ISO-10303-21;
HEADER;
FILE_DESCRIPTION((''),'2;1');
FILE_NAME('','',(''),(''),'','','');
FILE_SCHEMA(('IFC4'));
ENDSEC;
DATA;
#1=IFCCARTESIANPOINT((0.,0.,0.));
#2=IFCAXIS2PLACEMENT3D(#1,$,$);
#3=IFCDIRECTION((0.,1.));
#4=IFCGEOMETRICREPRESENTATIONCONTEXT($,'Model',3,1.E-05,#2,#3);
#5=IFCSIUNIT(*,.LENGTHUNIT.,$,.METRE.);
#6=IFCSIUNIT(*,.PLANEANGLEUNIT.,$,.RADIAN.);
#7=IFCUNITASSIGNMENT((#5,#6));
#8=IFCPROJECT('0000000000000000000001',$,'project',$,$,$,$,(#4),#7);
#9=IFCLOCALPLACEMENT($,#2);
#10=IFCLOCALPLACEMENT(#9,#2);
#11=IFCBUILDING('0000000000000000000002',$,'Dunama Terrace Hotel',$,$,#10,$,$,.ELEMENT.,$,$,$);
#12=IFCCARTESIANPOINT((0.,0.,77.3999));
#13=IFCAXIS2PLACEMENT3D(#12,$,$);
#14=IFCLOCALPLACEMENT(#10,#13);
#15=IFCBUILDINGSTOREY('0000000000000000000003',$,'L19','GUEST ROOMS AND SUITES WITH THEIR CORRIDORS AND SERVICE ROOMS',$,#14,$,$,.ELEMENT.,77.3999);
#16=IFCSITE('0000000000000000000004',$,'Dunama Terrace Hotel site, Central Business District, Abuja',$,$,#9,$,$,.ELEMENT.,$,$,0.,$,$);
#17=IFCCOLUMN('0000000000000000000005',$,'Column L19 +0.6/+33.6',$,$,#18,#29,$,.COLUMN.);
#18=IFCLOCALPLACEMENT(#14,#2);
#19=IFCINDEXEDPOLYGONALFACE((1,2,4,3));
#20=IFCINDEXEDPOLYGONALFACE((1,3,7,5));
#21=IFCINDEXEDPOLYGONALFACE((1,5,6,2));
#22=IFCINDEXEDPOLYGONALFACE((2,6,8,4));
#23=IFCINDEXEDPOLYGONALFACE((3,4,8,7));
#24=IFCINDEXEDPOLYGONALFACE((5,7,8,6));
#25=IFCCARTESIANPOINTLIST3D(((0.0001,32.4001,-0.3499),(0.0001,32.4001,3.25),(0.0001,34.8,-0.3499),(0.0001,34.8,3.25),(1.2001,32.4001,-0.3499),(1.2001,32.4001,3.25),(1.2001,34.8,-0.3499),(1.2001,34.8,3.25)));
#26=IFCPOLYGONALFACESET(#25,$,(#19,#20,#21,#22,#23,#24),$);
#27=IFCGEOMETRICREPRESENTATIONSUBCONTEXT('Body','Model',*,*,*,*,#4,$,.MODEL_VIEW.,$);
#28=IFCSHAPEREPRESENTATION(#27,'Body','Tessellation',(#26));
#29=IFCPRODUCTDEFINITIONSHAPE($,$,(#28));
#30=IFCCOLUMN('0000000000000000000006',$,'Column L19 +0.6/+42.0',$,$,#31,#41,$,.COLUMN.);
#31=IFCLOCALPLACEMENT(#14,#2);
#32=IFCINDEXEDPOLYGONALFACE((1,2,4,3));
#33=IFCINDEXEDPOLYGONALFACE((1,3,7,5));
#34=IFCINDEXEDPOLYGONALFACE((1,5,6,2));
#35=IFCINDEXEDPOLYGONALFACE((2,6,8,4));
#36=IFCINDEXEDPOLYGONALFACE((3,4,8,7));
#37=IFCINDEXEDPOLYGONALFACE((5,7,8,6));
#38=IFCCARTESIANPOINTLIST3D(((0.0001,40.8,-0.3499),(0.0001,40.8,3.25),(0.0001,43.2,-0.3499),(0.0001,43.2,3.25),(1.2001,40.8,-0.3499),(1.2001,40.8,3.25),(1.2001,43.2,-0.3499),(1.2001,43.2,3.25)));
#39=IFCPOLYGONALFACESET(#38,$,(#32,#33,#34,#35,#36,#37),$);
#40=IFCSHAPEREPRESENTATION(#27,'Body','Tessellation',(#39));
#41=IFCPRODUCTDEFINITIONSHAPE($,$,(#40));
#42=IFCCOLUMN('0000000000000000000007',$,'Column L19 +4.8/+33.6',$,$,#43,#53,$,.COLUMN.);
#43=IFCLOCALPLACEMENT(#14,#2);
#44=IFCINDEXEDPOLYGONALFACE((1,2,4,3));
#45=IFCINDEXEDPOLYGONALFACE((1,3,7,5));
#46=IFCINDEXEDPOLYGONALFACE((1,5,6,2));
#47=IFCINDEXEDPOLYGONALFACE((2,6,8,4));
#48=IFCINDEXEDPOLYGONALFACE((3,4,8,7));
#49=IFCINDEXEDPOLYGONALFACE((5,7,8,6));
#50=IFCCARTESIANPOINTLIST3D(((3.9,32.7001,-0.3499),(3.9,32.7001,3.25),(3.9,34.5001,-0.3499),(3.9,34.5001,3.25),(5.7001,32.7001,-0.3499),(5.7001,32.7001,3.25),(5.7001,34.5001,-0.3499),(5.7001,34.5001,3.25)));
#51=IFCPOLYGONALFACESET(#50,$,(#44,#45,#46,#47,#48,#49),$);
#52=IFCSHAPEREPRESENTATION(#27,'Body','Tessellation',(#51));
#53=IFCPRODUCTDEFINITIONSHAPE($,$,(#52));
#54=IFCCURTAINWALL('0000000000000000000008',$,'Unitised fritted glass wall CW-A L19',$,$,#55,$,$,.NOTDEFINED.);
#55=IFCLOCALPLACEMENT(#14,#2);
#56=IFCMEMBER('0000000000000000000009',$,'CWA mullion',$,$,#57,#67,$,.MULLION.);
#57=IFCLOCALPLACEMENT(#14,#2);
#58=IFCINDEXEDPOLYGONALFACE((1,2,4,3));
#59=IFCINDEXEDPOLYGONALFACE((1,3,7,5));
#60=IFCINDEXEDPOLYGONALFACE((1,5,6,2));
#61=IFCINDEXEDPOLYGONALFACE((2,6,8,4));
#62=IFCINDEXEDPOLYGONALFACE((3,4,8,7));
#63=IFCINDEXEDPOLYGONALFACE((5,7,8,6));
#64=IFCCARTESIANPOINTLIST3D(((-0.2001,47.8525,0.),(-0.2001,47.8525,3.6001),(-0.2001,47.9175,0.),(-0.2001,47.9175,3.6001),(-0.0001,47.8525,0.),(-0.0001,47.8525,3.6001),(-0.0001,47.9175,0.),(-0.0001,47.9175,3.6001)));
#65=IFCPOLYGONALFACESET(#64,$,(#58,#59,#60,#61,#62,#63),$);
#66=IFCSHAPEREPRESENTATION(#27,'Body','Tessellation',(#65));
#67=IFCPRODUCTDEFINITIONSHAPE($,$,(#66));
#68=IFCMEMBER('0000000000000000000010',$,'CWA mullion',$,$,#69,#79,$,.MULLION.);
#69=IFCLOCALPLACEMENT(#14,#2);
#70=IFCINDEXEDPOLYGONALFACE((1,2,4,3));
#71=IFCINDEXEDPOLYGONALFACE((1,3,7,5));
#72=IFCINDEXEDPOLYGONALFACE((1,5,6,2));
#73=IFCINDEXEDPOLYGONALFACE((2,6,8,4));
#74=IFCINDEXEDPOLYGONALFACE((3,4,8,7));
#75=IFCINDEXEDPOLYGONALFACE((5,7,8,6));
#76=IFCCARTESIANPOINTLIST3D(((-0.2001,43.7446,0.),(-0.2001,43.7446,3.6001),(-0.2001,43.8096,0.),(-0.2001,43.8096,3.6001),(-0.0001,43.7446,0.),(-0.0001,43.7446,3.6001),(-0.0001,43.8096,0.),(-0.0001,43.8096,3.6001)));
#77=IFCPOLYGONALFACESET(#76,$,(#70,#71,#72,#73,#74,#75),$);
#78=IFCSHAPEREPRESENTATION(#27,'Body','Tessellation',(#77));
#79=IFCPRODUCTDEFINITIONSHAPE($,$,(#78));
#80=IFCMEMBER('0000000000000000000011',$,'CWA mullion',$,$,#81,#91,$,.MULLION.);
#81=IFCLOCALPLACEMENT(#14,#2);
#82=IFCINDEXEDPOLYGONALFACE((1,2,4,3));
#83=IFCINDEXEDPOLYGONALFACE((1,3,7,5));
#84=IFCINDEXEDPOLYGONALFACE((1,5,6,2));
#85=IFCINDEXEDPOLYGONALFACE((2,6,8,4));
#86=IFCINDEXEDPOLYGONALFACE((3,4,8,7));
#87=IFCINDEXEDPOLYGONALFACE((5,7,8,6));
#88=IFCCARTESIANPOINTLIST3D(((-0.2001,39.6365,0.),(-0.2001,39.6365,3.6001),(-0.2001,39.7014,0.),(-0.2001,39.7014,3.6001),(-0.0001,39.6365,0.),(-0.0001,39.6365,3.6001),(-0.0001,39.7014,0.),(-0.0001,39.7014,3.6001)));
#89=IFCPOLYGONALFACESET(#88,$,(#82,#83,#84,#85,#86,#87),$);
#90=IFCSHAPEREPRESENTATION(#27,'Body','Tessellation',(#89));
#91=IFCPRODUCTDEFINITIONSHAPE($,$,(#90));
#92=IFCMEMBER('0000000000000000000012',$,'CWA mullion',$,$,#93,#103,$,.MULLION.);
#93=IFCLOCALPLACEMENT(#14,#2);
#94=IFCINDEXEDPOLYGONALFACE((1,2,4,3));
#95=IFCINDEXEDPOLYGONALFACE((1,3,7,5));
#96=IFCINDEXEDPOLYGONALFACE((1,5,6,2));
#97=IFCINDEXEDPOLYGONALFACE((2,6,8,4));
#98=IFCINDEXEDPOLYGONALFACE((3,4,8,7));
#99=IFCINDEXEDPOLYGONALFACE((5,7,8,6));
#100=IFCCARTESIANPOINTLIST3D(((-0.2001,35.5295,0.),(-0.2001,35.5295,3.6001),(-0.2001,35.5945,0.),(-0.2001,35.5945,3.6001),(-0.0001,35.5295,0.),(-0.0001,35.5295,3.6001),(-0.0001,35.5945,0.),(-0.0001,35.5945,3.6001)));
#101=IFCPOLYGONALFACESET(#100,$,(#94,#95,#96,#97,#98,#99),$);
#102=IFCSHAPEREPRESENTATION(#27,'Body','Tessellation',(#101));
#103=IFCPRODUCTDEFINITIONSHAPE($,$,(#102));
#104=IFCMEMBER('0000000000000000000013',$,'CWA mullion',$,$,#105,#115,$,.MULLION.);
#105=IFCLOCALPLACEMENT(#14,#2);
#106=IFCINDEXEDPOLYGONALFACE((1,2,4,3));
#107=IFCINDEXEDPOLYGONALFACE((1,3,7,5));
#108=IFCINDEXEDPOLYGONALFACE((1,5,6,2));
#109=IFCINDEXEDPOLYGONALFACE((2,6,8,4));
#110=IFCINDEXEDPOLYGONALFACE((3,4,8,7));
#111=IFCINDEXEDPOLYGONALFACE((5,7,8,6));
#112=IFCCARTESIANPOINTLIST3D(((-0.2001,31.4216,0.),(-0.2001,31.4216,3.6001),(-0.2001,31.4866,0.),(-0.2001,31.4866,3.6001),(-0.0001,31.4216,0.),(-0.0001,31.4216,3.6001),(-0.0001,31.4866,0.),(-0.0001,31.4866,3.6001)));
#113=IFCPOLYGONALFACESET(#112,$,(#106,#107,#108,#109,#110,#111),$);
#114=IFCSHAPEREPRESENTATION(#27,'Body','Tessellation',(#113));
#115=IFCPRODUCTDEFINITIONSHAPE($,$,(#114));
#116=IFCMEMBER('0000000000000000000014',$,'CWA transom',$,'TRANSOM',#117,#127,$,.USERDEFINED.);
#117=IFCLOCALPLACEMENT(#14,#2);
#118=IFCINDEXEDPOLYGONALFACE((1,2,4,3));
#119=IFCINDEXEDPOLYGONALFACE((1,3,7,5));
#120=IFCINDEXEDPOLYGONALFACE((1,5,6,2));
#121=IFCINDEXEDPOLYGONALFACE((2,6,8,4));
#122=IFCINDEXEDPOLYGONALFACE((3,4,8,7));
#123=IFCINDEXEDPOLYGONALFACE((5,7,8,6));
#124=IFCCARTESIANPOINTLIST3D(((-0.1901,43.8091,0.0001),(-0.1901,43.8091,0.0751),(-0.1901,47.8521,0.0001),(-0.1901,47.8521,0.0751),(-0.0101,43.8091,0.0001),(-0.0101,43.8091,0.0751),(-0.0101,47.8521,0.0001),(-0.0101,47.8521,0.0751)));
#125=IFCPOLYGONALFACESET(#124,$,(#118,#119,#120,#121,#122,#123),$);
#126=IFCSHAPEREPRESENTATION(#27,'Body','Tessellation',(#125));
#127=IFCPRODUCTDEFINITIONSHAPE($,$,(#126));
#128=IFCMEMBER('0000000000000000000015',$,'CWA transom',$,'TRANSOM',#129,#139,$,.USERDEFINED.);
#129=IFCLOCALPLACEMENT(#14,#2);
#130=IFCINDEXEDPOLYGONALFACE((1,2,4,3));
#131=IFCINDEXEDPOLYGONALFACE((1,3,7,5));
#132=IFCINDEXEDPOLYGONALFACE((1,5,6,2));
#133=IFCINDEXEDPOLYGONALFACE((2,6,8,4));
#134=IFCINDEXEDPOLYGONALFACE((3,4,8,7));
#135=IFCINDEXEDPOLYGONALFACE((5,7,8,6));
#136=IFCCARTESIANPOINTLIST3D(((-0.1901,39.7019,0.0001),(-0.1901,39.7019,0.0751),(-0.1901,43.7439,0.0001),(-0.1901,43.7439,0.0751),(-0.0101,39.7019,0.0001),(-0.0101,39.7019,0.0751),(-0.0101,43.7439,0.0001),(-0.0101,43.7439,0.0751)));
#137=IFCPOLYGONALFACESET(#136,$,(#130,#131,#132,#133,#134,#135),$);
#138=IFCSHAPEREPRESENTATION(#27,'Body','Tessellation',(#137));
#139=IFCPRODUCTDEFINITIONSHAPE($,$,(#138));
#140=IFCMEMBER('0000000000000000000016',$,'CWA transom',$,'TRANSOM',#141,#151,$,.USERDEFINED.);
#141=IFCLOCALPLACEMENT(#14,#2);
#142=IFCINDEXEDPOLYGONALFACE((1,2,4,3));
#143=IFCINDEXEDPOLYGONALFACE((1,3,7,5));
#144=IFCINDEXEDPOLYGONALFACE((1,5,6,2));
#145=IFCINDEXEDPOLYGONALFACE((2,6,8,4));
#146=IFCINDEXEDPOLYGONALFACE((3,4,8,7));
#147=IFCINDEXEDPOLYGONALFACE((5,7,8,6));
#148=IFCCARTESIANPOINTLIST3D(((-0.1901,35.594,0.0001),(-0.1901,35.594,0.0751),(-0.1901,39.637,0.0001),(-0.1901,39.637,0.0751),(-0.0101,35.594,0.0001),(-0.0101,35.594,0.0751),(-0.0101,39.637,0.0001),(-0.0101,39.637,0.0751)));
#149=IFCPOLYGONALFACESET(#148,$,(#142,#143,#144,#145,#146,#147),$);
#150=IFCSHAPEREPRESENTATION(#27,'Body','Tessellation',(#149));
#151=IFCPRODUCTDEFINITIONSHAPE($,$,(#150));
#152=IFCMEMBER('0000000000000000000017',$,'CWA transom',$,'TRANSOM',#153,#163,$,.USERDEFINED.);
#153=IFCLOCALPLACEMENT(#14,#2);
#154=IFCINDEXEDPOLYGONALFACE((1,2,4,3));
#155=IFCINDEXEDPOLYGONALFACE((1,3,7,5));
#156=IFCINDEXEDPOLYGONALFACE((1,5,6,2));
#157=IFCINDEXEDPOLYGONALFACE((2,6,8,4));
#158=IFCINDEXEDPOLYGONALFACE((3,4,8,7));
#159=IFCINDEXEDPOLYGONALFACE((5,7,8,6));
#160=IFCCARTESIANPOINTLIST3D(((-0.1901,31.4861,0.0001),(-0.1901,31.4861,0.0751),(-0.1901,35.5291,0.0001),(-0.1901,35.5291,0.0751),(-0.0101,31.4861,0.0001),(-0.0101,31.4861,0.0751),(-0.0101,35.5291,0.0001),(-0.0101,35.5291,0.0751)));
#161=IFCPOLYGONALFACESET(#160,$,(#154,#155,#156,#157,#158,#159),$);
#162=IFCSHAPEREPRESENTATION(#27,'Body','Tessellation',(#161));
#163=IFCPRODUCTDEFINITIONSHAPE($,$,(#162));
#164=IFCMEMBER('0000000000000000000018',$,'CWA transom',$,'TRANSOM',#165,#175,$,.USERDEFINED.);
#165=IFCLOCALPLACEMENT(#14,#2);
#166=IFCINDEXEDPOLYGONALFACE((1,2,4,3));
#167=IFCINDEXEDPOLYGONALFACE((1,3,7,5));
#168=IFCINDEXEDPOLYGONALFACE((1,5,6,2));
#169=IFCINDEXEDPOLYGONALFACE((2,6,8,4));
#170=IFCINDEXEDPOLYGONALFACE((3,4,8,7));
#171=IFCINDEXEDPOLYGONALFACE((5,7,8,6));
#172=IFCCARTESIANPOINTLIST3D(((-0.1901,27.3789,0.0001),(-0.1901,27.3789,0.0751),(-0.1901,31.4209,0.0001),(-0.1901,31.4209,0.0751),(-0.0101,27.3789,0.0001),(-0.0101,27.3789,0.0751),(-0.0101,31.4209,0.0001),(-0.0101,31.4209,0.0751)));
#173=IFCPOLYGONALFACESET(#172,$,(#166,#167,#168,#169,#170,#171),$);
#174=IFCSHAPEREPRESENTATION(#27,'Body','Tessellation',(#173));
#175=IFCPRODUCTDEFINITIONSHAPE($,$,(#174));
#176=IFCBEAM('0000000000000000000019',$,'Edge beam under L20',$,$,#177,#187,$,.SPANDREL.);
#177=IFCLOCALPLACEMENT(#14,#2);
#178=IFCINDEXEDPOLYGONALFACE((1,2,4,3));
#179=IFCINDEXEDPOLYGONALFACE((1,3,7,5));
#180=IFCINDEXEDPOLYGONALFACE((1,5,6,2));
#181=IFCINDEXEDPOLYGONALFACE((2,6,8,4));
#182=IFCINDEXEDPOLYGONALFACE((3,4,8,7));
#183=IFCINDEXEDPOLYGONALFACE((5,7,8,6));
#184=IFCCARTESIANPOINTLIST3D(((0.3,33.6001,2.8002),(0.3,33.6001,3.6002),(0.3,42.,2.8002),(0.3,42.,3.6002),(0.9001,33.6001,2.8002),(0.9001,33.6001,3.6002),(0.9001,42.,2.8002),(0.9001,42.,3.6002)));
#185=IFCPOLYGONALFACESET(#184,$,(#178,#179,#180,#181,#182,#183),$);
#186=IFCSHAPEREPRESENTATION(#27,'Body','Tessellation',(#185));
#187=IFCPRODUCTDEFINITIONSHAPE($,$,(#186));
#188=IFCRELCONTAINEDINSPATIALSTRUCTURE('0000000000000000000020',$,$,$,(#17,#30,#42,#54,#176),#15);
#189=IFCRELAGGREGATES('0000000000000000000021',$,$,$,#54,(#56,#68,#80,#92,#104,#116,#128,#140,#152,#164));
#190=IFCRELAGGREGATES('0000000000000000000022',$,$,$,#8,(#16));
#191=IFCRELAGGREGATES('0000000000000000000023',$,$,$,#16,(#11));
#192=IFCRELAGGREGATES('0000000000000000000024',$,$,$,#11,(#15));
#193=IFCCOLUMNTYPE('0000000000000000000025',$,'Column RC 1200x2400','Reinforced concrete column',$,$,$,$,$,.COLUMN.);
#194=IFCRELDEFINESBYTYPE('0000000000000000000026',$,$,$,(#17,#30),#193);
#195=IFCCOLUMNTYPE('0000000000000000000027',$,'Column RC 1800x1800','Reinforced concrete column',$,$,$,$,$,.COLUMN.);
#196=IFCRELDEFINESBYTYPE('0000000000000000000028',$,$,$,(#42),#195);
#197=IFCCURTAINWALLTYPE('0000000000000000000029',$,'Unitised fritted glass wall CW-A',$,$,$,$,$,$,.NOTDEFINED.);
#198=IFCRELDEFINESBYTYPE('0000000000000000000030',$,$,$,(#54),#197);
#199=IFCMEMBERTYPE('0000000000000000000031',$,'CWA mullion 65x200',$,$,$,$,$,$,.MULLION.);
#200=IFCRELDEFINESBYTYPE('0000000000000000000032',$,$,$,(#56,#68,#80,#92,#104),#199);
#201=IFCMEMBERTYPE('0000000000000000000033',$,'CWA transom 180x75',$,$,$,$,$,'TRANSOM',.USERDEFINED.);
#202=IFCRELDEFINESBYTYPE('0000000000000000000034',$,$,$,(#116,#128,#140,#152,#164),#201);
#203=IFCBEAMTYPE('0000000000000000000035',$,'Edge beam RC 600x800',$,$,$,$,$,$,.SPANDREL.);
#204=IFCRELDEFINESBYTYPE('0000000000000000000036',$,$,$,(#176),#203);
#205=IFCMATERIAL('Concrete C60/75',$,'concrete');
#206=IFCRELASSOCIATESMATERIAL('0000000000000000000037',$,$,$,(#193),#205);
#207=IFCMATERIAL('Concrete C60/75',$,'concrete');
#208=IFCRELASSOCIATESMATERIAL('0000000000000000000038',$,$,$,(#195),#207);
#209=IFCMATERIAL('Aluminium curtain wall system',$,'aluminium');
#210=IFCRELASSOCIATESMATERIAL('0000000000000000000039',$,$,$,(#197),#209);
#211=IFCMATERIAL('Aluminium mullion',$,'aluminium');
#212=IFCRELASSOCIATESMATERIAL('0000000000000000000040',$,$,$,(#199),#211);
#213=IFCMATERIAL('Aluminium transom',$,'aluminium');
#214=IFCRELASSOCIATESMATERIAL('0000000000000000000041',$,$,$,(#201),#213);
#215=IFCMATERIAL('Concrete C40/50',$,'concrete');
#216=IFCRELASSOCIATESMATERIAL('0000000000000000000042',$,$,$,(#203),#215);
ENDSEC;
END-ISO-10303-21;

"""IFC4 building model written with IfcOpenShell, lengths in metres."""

from ifc_helpers import new_model, si_unit, direction, frame, origin, origin_2d, place, context, subcontext, project, spatial, rectangle, extrude, material, material_profile, profile_set, type_object, element, aggregate, save


model = new_model("IFC4")

# Units and contexts
model_context = context("Model", 3, precision=1e-05, world=origin(), true_north=direction((0.0, 1.0)))
body_context = subcontext(model_context, "Body", "Model", "MODEL_VIEW")
ifc_project = project(units=[si_unit("LENGTHUNIT", "METRE"), si_unit("PLANEANGLEUNIT", "RADIAN")], contexts=[model_context])

# Site, building, storey
site_placement = place(None, origin())
site = spatial("IfcSite", under=ifc_project, at=site_placement, Name="Dunama Terrace Hotel site, Central Business District, Abuja", CompositionType="ELEMENT", RefElevation=0.0)
building_placement = place(site_placement, origin())
building = spatial("IfcBuilding", under=site, at=building_placement, Name="Dunama Terrace Hotel", CompositionType="ELEMENT")
storey_placement = place(building_placement, frame((0.0, 0.0, 77.3999)))
storey = spatial("IfcBuildingStorey", under=building, at=storey_placement, Name="L19", Description="GUEST ROOMS AND SUITES WITH THEIR CORRIDORS AND SERVICE ROOMS", CompositionType="ELEMENT", Elevation=77.3999)

# Columns
ifc_material_1 = material(Name="Concrete C60/75", Category="concrete")
ifc_material_profile_1 = material_profile(ifc_material_1, rectangle(XDim=1.2, YDim=2.3999, at=origin_2d()), Name="RC 1200x2400")
ifc_profile_set_1 = profile_set([ifc_material_profile_1], Name="Concrete C60/75")
column_type_1 = type_object("IfcColumnType", Name="Column RC 1200x2400", Description="Reinforced concrete column", PredefinedType="COLUMN", material=ifc_profile_set_1)
for number, where, z_axis, x_axis, name in (
    (1, (0.6001, 33.6001, -0.3499), (0.0, 0.0, 1.0), (1.0, 0.0, 0.0), "Column L19 +0.6/+33.6"),
    (2, (0.6001, 42.0, -0.3499), (0.0, 0.0, 1.0), (1.0, 0.0, 0.0), "Column L19 +0.6/+42.0"),
):
    element("IfcColumn", number, at=place(storey_placement, frame(where, z_axis=z_axis, x_axis=x_axis)), inside=storey, type_object=column_type_1, Name=name, PredefinedType="COLUMN", context=body_context, shape_type="SweptSolid", body=[
        extrude(rectangle(XDim=1.2, YDim=2.3999, at=origin_2d()), origin(), (0.0, 0.0, 1.0), 3.5999),
    ])
ifc_material_2 = material(Name="Concrete C60/75", Category="concrete")
ifc_material_profile_2 = material_profile(ifc_material_2, rectangle(XDim=1.8, YDim=1.8, at=origin_2d()), Name="RC 1800x1800")
ifc_profile_set_2 = profile_set([ifc_material_profile_2], Name="Concrete C60/75")
column_type_2 = type_object("IfcColumnType", Name="Column RC 1800x1800", Description="Reinforced concrete column", PredefinedType="COLUMN", material=ifc_profile_set_2)
column_placement = place(storey_placement, frame((4.8, 33.6001, -0.3499), z_axis=(0.0, 0.0, 1.0), x_axis=(1.0, 0.0, 0.0)))
element("IfcColumn", 3, at=column_placement, inside=storey, type_object=column_type_2, Name="Column L19 +4.8/+33.6", PredefinedType="COLUMN", context=body_context, shape_type="SweptSolid", body=[
    extrude(rectangle(XDim=1.8, YDim=1.8, at=origin_2d()), origin(), (0.0, 0.0, 1.0), 3.5999),
])

# Curtain wall, members
ifc_material_3 = material(Name="Aluminium curtain wall system", Category="aluminium")
curtain_wall_type = type_object("IfcCurtainWallType", Name="Unitised fritted glass wall CW-A", PredefinedType="NOTDEFINED", material=ifc_material_3)
curtain_wall_placement = place(storey_placement, origin())
curtain_wall = element("IfcCurtainWall", 4, at=curtain_wall_placement, inside=storey, type_object=curtain_wall_type, Name="Unitised fritted glass wall CW-A L19", PredefinedType="NOTDEFINED")
ifc_material_4 = material(Name="Aluminium mullion", Category="aluminium")
ifc_material_profile_3 = material_profile(ifc_material_4, rectangle(XDim=0.0649, YDim=0.2, at=origin_2d()), Name="CWA MULLION 65X200")
ifc_profile_set_3 = profile_set([ifc_material_profile_3], Name="Aluminium mullion")
member_type_1 = type_object("IfcMemberType", Name="CWA mullion 65x200", PredefinedType="MULLION", material=ifc_profile_set_3)
member_1_placement = place(storey_placement, frame((-0.1001, 47.885, 0.0), z_axis=(0.0, 0.0, 1.0), x_axis=(0.0, -1.0, 0.0)))
member_1 = element("IfcMember", 5, at=member_1_placement, type_object=member_type_1, Name="CWA mullion", PredefinedType="MULLION", context=body_context, shape_type="SweptSolid", body=[
    extrude(rectangle(XDim=0.0649, YDim=0.2, at=origin_2d()), origin(), (0.0, 0.0, 1.0), 3.6001),
])
member_2_placement = place(storey_placement, frame((-0.1001, 43.7771, 0.0), z_axis=(0.0, 0.0, 1.0), x_axis=(0.0, -1.0, 0.0)))
member_2 = element("IfcMember", 6, at=member_2_placement, type_object=member_type_1, Name="CWA mullion", PredefinedType="MULLION", context=body_context, shape_type="SweptSolid", body=[
    extrude(rectangle(XDim=0.0649, YDim=0.2, at=origin_2d()), origin(), (0.0, 0.0, 1.0), 3.6001),
])
member_3_placement = place(storey_placement, frame((-0.1001, 39.6689, 0.0), z_axis=(0.0, 0.0, 1.0), x_axis=(0.0, -1.0, 0.0)))
member_3 = element("IfcMember", 7, at=member_3_placement, type_object=member_type_1, Name="CWA mullion", PredefinedType="MULLION", context=body_context, shape_type="SweptSolid", body=[
    extrude(rectangle(XDim=0.0649, YDim=0.2, at=origin_2d()), origin(), (0.0, 0.0, 1.0), 3.6001),
])
member_4_placement = place(storey_placement, frame((-0.1001, 35.562, 0.0), z_axis=(0.0, 0.0, 1.0), x_axis=(0.0, -1.0, 0.0)))
member_4 = element("IfcMember", 8, at=member_4_placement, type_object=member_type_1, Name="CWA mullion", PredefinedType="MULLION", context=body_context, shape_type="SweptSolid", body=[
    extrude(rectangle(XDim=0.0649, YDim=0.2, at=origin_2d()), origin(), (0.0, 0.0, 1.0), 3.6001),
])
member_5_placement = place(storey_placement, frame((-0.1001, 31.4541, 0.0), z_axis=(0.0, 0.0, 1.0), x_axis=(0.0, -1.0, 0.0)))
member_5 = element("IfcMember", 9, at=member_5_placement, type_object=member_type_1, Name="CWA mullion", PredefinedType="MULLION", context=body_context, shape_type="SweptSolid", body=[
    extrude(rectangle(XDim=0.0649, YDim=0.2, at=origin_2d()), origin(), (0.0, 0.0, 1.0), 3.6001),
])
ifc_material_5 = material(Name="Aluminium transom", Category="aluminium")
ifc_material_profile_4 = material_profile(ifc_material_5, rectangle(XDim=0.1799, YDim=0.075, at=origin_2d()), Name="CWA TRANSOM 180X75")
ifc_profile_set_4 = profile_set([ifc_material_profile_4], Name="Aluminium transom")
member_type_2 = type_object("IfcMemberType", Name="CWA transom 180x75", ElementType="TRANSOM", PredefinedType="USERDEFINED", material=ifc_profile_set_4)
member_6_placement = place(storey_placement, frame((-0.1001, 47.8521, 0.0376), z_axis=(0.0, -1.0, 0.0), x_axis=(1.0, 0.0, 0.0)))
member_6 = element("IfcMember", 10, at=member_6_placement, type_object=member_type_2, Name="CWA transom", ObjectType="TRANSOM", PredefinedType="USERDEFINED", context=body_context, shape_type="SweptSolid", body=[
    extrude(rectangle(XDim=0.1799, YDim=0.075, at=origin_2d()), origin(), (0.0, 0.0, 1.0), 4.043),
])
member_7_placement = place(storey_placement, frame((-0.1001, 43.7439, 0.0376), z_axis=(0.0, -1.0, 0.0), x_axis=(1.0, 0.0, 0.0)))
member_7 = element("IfcMember", 11, at=member_7_placement, type_object=member_type_2, Name="CWA transom", ObjectType="TRANSOM", PredefinedType="USERDEFINED", context=body_context, shape_type="SweptSolid", body=[
    extrude(rectangle(XDim=0.1799, YDim=0.075, at=origin_2d()), origin(), (0.0, 0.0, 1.0), 4.042),
])
member_8_placement = place(storey_placement, frame((-0.1001, 39.637, 0.0376), z_axis=(0.0, -1.0, 0.0), x_axis=(1.0, 0.0, 0.0)))
member_8 = element("IfcMember", 12, at=member_8_placement, type_object=member_type_2, Name="CWA transom", ObjectType="TRANSOM", PredefinedType="USERDEFINED", context=body_context, shape_type="SweptSolid", body=[
    extrude(rectangle(XDim=0.1799, YDim=0.075, at=origin_2d()), origin(), (0.0, 0.0, 1.0), 4.043),
])
member_9_placement = place(storey_placement, frame((-0.1001, 35.5291, 0.0376), z_axis=(0.0, -1.0, 0.0), x_axis=(1.0, 0.0, 0.0)))
member_9 = element("IfcMember", 13, at=member_9_placement, type_object=member_type_2, Name="CWA transom", ObjectType="TRANSOM", PredefinedType="USERDEFINED", context=body_context, shape_type="SweptSolid", body=[
    extrude(rectangle(XDim=0.1799, YDim=0.075, at=origin_2d()), origin(), (0.0, 0.0, 1.0), 4.043),
])
member_10_placement = place(storey_placement, frame((-0.1001, 31.4209, 0.0376), z_axis=(0.0, -1.0, 0.0), x_axis=(1.0, 0.0, 0.0)))
member_10 = element("IfcMember", 14, at=member_10_placement, type_object=member_type_2, Name="CWA transom", ObjectType="TRANSOM", PredefinedType="USERDEFINED", context=body_context, shape_type="SweptSolid", body=[
    extrude(rectangle(XDim=0.1799, YDim=0.075, at=origin_2d()), origin(), (0.0, 0.0, 1.0), 4.042),
])

# Beam
ifc_material_6 = material(Name="Concrete C40/50", Category="concrete")
ifc_material_profile_5 = material_profile(ifc_material_6, rectangle(XDim=0.6001, YDim=0.8, at=origin_2d()), Name="RC 600x800")
ifc_profile_set_5 = profile_set([ifc_material_profile_5], Name="Concrete C40/50")
beam_type = type_object("IfcBeamType", Name="Edge beam RC 600x800", PredefinedType="SPANDREL", material=ifc_profile_set_5)
for number, where, z_axis, x_axis, name in (
    (15, (0.6001, 33.6001, 3.2002), (0.0, 1.0, 0.0), (-1.0, 0.0, 0.0), "Edge beam under L20"),
):
    element("IfcBeam", number, at=place(storey_placement, frame(where, z_axis=z_axis, x_axis=x_axis)), inside=storey, type_object=beam_type, Name=name, PredefinedType="SPANDREL", context=body_context, shape_type="SweptSolid", body=[
        extrude(rectangle(XDim=0.6001, YDim=0.8, at=origin_2d()), origin(), (0.0, 0.0, 1.0), 8.3999),
    ])

aggregate(curtain_wall, [member_1, member_2, member_3, member_4, member_5, member_6, member_7, member_8, member_9, member_10])

save(model, "model.ifc")
